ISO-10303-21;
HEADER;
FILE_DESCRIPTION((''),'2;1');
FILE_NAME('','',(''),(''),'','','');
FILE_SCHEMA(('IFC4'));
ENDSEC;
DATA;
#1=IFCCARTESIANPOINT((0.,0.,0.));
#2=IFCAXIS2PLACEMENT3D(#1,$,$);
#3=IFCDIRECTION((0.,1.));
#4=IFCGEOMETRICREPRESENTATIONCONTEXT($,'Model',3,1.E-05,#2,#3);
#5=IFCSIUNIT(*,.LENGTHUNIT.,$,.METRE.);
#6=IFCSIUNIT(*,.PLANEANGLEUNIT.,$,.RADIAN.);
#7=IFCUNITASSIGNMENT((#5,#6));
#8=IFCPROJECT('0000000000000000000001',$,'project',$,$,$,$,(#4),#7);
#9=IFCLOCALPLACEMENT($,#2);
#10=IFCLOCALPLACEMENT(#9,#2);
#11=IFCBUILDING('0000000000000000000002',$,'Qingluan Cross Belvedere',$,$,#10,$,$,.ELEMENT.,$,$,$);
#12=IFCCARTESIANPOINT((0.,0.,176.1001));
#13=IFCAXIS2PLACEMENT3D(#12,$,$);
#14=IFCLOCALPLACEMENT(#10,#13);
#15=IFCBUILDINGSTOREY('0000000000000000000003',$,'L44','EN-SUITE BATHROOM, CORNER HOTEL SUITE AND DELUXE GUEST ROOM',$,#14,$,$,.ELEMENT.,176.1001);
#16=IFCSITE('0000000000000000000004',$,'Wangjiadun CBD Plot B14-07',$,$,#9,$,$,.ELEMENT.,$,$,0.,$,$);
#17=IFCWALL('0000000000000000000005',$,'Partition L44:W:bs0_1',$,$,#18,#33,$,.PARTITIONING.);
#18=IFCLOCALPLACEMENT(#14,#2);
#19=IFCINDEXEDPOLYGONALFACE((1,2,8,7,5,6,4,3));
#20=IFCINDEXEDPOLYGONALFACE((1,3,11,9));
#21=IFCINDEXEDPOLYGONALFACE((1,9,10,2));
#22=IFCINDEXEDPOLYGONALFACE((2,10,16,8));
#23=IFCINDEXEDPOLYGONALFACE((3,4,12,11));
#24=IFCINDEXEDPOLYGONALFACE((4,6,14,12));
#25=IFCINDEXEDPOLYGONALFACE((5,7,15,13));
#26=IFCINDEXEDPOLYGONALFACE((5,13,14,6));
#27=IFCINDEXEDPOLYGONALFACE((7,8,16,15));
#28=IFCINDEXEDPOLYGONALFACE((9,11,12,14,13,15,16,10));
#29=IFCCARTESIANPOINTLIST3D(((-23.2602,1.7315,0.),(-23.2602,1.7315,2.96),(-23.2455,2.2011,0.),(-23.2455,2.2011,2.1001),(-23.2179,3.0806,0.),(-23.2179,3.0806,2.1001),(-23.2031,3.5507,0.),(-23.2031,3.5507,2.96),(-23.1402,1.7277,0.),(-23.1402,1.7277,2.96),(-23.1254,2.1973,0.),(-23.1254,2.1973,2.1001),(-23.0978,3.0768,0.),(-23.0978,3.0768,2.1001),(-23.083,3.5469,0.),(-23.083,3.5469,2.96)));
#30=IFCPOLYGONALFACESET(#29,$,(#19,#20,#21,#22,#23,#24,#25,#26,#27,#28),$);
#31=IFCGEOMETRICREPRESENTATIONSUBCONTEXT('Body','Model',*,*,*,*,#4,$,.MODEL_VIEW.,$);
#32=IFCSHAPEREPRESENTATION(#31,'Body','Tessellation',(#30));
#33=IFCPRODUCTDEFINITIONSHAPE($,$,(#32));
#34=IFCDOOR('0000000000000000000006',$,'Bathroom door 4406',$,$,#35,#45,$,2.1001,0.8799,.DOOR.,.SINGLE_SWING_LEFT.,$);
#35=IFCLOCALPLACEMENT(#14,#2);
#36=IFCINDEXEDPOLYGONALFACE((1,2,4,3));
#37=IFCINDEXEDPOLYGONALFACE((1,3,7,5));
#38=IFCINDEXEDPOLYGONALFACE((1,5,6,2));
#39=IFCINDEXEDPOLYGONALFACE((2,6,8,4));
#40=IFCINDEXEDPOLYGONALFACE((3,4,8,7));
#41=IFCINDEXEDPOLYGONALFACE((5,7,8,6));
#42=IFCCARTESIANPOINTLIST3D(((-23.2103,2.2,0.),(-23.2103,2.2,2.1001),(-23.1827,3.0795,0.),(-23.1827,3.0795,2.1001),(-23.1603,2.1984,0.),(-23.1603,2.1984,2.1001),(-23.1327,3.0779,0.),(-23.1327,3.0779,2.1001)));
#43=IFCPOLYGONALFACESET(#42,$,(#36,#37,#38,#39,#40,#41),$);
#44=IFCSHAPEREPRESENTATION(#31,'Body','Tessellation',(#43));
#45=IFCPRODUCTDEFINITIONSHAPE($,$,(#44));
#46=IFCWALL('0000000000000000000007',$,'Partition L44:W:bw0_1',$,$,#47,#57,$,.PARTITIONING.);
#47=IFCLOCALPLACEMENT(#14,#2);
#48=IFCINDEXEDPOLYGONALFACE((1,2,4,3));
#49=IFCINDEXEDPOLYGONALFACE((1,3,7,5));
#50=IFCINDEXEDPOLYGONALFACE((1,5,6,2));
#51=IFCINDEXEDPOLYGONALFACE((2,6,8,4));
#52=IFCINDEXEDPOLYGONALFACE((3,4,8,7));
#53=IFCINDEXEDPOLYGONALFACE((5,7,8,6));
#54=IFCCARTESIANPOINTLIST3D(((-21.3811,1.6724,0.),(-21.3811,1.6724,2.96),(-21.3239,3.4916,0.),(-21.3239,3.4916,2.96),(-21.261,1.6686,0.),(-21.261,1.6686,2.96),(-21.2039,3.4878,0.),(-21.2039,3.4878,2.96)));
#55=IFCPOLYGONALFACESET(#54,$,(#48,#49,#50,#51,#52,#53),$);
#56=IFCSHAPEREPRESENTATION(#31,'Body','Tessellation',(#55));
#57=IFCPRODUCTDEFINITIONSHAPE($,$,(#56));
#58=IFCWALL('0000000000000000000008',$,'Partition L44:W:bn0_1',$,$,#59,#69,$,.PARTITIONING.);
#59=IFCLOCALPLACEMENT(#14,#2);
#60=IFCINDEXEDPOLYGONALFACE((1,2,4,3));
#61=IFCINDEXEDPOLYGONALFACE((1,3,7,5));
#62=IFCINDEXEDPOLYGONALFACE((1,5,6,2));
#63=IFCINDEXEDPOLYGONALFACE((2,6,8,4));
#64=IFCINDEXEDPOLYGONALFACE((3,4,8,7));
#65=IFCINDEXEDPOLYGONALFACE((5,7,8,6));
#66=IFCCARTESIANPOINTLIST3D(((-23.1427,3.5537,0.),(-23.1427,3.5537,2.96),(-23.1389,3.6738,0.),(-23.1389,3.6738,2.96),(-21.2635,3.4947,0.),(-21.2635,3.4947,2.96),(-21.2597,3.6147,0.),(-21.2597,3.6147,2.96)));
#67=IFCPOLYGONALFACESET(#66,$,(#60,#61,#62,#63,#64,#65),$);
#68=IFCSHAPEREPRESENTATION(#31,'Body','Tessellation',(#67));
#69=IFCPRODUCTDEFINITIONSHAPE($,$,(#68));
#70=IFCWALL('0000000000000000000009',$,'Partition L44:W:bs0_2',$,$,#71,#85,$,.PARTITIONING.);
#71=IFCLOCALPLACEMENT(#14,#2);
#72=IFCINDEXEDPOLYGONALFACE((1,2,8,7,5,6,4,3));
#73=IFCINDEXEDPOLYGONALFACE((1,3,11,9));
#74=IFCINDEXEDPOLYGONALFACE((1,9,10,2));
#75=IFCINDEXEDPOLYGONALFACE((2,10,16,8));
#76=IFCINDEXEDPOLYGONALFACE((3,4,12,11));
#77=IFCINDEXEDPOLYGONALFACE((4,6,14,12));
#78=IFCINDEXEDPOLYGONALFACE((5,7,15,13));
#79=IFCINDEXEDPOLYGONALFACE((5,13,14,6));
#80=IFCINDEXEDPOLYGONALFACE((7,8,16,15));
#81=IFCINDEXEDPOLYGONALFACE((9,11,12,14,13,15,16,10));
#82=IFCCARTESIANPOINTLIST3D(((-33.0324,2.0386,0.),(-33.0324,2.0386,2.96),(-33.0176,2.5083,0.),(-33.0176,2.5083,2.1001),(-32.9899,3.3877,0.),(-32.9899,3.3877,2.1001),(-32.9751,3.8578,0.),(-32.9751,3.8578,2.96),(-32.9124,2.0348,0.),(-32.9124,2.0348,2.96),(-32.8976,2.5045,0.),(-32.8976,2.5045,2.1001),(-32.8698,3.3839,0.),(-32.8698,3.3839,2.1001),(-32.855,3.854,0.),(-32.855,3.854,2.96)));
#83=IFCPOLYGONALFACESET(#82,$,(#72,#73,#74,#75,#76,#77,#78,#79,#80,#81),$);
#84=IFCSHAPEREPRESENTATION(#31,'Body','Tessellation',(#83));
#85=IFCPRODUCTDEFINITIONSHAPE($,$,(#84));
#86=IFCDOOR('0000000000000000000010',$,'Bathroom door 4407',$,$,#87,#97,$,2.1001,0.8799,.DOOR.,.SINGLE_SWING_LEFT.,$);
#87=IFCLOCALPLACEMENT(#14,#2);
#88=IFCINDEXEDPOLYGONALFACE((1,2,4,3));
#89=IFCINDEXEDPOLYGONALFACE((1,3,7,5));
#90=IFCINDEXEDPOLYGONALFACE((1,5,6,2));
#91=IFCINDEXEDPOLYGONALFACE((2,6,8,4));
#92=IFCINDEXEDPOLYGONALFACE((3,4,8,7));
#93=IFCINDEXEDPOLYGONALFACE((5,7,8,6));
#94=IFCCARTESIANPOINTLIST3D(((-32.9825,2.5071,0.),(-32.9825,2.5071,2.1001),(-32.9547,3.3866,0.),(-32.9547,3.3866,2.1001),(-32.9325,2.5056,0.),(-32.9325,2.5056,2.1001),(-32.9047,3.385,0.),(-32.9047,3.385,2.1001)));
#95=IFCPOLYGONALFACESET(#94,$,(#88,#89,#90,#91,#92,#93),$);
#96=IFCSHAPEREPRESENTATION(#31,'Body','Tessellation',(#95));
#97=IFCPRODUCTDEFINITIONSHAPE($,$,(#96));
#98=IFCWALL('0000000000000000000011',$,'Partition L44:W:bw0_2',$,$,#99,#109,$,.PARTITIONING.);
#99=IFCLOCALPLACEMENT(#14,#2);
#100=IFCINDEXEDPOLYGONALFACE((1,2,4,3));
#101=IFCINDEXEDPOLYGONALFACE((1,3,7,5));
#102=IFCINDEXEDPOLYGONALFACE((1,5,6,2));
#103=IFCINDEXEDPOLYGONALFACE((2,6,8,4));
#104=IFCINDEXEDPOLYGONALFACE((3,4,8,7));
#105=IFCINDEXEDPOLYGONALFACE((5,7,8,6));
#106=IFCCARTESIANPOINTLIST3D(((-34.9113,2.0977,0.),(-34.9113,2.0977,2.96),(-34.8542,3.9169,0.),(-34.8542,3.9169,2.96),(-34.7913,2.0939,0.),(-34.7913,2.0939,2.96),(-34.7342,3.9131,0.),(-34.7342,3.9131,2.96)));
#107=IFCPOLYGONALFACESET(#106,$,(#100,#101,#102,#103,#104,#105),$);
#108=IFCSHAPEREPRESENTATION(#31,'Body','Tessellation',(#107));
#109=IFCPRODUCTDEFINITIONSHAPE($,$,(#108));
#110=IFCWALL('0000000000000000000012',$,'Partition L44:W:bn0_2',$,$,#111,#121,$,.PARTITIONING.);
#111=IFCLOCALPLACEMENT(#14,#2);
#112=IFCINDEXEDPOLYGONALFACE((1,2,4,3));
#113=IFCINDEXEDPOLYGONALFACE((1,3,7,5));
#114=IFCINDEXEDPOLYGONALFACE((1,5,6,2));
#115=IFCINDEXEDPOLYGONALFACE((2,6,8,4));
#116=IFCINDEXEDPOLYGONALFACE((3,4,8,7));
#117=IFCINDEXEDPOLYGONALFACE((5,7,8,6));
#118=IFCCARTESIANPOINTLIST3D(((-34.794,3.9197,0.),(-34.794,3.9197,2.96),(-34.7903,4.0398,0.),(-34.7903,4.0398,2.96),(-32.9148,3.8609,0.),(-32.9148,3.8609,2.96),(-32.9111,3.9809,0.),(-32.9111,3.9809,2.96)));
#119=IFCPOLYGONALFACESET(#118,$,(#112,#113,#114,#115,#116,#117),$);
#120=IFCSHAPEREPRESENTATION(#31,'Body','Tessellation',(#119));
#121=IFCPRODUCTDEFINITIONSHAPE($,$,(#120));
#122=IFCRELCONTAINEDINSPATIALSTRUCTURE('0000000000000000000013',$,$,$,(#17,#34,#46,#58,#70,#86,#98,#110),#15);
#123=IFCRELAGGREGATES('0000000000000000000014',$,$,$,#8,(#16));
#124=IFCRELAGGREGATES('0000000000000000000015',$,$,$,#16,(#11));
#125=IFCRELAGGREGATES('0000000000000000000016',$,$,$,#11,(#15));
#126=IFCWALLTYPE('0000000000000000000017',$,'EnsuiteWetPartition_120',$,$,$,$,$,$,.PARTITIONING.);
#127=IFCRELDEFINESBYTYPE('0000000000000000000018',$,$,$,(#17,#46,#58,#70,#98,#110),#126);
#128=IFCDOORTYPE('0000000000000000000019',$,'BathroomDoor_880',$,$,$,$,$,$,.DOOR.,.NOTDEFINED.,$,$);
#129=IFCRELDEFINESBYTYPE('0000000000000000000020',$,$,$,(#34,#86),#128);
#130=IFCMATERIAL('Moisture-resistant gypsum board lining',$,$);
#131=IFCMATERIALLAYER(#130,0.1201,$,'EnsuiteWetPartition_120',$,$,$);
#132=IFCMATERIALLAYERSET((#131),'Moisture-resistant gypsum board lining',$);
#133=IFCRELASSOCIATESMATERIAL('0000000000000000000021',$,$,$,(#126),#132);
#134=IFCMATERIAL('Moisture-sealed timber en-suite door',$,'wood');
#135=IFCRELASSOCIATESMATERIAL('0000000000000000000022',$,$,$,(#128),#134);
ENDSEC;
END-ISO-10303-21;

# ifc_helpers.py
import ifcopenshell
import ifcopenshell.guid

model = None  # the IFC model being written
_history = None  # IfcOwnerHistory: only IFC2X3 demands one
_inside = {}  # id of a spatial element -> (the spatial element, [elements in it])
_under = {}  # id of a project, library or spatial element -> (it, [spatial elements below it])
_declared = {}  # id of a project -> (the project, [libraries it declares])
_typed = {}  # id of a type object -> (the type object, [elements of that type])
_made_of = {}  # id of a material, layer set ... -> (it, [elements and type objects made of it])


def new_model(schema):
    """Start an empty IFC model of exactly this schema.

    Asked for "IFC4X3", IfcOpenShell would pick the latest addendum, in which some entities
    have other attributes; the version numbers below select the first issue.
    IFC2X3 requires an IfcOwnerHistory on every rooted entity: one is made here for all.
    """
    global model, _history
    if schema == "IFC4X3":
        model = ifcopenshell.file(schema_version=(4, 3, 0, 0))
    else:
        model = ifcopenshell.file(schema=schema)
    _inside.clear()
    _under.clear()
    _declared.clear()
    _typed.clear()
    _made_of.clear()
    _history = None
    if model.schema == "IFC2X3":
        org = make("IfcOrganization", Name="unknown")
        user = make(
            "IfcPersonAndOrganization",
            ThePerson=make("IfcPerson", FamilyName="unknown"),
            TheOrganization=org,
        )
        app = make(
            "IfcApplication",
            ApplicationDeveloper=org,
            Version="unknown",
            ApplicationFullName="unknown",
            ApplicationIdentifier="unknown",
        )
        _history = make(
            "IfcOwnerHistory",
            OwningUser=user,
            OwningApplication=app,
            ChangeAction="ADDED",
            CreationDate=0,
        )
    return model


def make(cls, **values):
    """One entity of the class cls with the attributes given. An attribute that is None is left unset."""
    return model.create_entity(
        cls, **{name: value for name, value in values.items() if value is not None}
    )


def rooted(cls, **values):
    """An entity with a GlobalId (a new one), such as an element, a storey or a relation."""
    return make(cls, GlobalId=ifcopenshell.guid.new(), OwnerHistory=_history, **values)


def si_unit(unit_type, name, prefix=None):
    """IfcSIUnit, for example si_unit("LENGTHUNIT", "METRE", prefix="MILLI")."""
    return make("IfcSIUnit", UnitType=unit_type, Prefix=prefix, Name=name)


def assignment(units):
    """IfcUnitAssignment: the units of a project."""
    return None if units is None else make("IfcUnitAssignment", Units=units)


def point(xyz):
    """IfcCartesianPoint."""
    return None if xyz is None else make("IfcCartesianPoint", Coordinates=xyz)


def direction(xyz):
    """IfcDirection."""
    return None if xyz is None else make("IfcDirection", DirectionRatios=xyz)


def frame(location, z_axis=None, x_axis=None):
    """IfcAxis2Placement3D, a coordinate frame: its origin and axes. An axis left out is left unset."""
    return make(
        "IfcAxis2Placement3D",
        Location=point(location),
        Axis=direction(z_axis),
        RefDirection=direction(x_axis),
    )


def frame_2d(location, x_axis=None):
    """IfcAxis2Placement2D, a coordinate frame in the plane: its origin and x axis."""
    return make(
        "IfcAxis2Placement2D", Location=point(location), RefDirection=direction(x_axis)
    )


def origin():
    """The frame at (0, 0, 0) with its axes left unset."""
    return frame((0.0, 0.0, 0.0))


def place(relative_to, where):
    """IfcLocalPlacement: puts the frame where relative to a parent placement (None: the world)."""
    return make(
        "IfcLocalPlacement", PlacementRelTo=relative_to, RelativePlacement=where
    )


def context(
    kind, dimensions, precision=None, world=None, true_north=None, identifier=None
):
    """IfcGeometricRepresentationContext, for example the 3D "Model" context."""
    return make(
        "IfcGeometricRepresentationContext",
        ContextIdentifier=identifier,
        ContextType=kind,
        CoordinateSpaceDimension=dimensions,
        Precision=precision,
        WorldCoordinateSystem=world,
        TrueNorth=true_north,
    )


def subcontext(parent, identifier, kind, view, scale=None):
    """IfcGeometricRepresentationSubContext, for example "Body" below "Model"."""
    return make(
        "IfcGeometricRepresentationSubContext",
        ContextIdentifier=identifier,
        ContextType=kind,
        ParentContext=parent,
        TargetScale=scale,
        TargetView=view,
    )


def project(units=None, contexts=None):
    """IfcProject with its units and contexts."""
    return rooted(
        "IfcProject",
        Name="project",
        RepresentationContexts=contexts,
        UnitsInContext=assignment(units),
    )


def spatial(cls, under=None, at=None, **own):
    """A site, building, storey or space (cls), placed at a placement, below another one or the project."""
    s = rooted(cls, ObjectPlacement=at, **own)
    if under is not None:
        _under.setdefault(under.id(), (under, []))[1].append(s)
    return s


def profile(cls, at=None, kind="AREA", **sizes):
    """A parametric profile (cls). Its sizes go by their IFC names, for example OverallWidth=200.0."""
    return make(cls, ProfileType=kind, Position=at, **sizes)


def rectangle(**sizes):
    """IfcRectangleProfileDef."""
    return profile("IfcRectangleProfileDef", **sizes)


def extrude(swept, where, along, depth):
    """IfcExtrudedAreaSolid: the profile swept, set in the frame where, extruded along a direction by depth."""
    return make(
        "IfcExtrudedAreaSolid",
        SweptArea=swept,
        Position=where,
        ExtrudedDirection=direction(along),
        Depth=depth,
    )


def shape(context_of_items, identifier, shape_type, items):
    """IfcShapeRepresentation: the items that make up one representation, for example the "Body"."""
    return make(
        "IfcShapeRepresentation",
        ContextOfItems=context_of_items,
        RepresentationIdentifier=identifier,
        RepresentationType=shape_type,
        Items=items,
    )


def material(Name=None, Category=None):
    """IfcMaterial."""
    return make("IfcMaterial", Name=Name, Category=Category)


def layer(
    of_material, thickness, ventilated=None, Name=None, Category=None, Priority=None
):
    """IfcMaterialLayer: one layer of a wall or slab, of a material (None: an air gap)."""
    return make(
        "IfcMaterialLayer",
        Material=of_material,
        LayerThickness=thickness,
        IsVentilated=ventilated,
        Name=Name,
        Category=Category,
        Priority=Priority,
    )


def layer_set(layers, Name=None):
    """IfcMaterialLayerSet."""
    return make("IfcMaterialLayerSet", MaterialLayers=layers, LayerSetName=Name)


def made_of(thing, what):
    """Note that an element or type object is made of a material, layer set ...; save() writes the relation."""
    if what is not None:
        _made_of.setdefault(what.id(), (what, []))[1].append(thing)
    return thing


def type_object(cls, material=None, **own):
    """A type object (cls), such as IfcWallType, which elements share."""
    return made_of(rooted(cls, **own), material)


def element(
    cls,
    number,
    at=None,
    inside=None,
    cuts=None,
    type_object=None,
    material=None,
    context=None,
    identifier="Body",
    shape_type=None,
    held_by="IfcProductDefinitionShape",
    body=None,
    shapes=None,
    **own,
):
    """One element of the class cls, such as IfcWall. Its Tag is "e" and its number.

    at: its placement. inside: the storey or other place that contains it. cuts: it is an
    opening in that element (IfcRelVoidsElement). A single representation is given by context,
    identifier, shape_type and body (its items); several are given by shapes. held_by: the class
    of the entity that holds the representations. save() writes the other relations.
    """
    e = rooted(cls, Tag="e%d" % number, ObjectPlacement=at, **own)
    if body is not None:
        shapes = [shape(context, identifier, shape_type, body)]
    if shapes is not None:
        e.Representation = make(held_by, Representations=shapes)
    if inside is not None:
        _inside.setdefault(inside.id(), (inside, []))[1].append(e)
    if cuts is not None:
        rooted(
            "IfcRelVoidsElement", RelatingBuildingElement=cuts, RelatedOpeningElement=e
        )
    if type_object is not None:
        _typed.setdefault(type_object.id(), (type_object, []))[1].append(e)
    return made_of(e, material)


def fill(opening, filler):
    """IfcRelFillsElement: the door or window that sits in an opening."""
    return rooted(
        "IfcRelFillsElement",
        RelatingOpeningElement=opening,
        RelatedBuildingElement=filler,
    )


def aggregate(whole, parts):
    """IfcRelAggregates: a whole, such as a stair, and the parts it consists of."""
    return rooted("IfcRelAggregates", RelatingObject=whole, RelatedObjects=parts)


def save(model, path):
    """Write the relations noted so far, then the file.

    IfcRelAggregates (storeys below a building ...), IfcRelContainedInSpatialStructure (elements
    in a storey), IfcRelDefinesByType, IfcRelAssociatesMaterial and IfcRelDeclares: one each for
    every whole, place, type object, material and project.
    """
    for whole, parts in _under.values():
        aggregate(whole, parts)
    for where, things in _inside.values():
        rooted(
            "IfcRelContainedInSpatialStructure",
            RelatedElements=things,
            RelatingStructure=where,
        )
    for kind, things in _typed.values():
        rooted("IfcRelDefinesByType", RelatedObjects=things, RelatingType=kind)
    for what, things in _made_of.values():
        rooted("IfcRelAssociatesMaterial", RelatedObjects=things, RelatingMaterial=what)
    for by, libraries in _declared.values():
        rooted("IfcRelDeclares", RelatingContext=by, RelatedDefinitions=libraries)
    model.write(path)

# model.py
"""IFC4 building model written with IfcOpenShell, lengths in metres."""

from ifc_helpers import new_model, si_unit, direction, frame, frame_2d, origin, place, context, subcontext, project, spatial, rectangle, extrude, material, layer, layer_set, type_object, element, fill, save


model = new_model("IFC4")

# Units and contexts
model_context = context("Model", 3, precision=1e-05, world=origin(), true_north=direction((0.0, 1.0)))
body_context = subcontext(model_context, "Body", "Model", "MODEL_VIEW")
ifc_project = project(units=[si_unit("LENGTHUNIT", "METRE"), si_unit("PLANEANGLEUNIT", "RADIAN")], contexts=[model_context])

# Site, building, storey
site_placement = place(None, origin())
site = spatial("IfcSite", under=ifc_project, at=site_placement, Name="Wangjiadun CBD Plot B14-07", CompositionType="ELEMENT", RefElevation=0.0)
building_placement = place(site_placement, origin())
building = spatial("IfcBuilding", under=site, at=building_placement, Name="Qingluan Cross Belvedere", CompositionType="ELEMENT")
storey_placement = place(building_placement, frame((0.0, 0.0, 176.1001)))
storey = spatial("IfcBuildingStorey", under=building, at=storey_placement, Name="L44", Description="EN-SUITE BATHROOM, CORNER HOTEL SUITE AND DELUXE GUEST ROOM", CompositionType="ELEMENT", Elevation=176.1001)

# Shared definitions
ifc_material_1 = material(Name="Moisture-resistant gypsum board lining")
ifc_layer_1 = layer(ifc_material_1, 0.1201, Name="EnsuiteWetPartition_120")
ifc_layer_set_1 = layer_set([ifc_layer_1], Name="Moisture-resistant gypsum board lining")
wall_type_1 = type_object("IfcWallType", Name="EnsuiteWetPartition_120", PredefinedType="PARTITIONING", material=ifc_layer_set_1)
ifc_material_2 = material(Name="Moisture-sealed timber en-suite door", Category="wood")
door_type_1 = type_object("IfcDoorType", Name="BathroomDoor_880", OperationType="NOTDEFINED", PredefinedType="DOOR", material=ifc_material_2)

# Wall, opening, door
wall_1_placement = place(storey_placement, frame((-23.2002, 1.7295, 0.0), z_axis=(0.0, 0.0, 1.0), x_axis=(0.03139, 0.999507, 0.0)))
wall_1 = element("IfcWall", 1, at=wall_1_placement, inside=storey, type_object=wall_type_1, Name="Partition L44:W:bs0_1", PredefinedType="PARTITIONING", context=body_context, shape_type="SweptSolid", body=[
    extrude(rectangle(XDim=1.8201, YDim=0.1201, at=frame_2d((0.9102, 0.0))), origin(), (0.0, 0.0, 1.0), 2.96),
])
opening_1_placement = place(wall_1_placement, frame((0.47, 0.0, 0.0)))
opening_1 = element("IfcOpeningElement", 2, at=opening_1_placement, cuts=wall_1, PredefinedType="OPENING", context=body_context, shape_type="SweptSolid", body=[
    extrude(rectangle(XDim=0.8799, YDim=2.1001, at=frame_2d((0.4399, 1.05))), frame((0.0, 0.0701, 0.0), z_axis=(0.0, -1.0, 0.0), x_axis=(1.0, 0.0, 0.0)), (0.0, 0.0, 1.0), 0.1401),
])
door_1_placement = place(opening_1_placement, origin())
door_1 = element("IfcDoor", 3, at=door_1_placement, inside=storey, type_object=door_type_1, Name="Bathroom door 4406", OperationType="SINGLE_SWING_LEFT", OverallHeight=2.1001, OverallWidth=0.8799, PredefinedType="DOOR", context=body_context, shape_type="SweptSolid", body=[
    extrude(rectangle(XDim=0.8799, YDim=2.1001, at=frame_2d((0.4399, 1.05))), frame((0.0, 0.0249, 0.0), z_axis=(0.0, -1.0, 0.0), x_axis=(1.0, 0.0, 0.0)), (0.0, 0.0, 1.0), 0.05),
])
fill(opening_1, door_1)

# Walls
wall_2_placement = place(storey_placement, frame((-21.321, 1.6704, 0.0), z_axis=(0.0, 0.0, 1.0), x_axis=(0.03139, 0.999507, 0.0)))
element("IfcWall", 4, at=wall_2_placement, inside=storey, type_object=wall_type_1, Name="Partition L44:W:bw0_1", PredefinedType="PARTITIONING", context=body_context, shape_type="SweptSolid", body=[
    extrude(rectangle(XDim=1.8201, YDim=0.1201, at=frame_2d((0.9102, 0.0))), origin(), (0.0, 0.0, 1.0), 2.96),
])
wall_3_placement = place(storey_placement, frame((-21.2617, 3.5547, 0.0), z_axis=(0.0, 0.0, 1.0), x_axis=(-0.999506, 0.031425, 0.0)))
element("IfcWall", 5, at=wall_3_placement, inside=storey, type_object=wall_type_1, Name="Partition L44:W:bn0_1", PredefinedType="PARTITIONING", context=body_context, shape_type="SweptSolid", body=[
    extrude(rectangle(XDim=1.8801, YDim=0.1201, at=frame_2d((0.9399, 0.0))), origin(), (0.0, 0.0, 1.0), 2.96),
])

# Wall, opening, door
wall_4_placement = place(storey_placement, frame((-32.9724, 2.0366, 0.0), z_axis=(0.0, 0.0, 1.0), x_axis=(0.031524, 0.999503, 0.0)))
wall_4 = element("IfcWall", 6, at=wall_4_placement, inside=storey, type_object=wall_type_1, Name="Partition L44:W:bs0_2", PredefinedType="PARTITIONING", context=body_context, shape_type="SweptSolid", body=[
    extrude(rectangle(XDim=1.8201, YDim=0.1201, at=frame_2d((0.9102, 0.0))), origin(), (0.0, 0.0, 1.0), 2.96),
])
opening_2_placement = place(wall_4_placement, frame((0.47, 0.0, 0.0)))
opening_2 = element("IfcOpeningElement", 7, at=opening_2_placement, cuts=wall_4, PredefinedType="OPENING", context=body_context, shape_type="SweptSolid", body=[
    extrude(rectangle(XDim=0.8799, YDim=2.1001, at=frame_2d((0.4399, 1.05))), frame((0.0, 0.0701, 0.0), z_axis=(0.0, -1.0, 0.0), x_axis=(1.0, 0.0, 0.0)), (0.0, 0.0, 1.0), 0.1401),
])
door_2_placement = place(opening_2_placement, origin())
door_2 = element("IfcDoor", 8, at=door_2_placement, inside=storey, type_object=door_type_1, Name="Bathroom door 4407", OperationType="SINGLE_SWING_LEFT", OverallHeight=2.1001, OverallWidth=0.8799, PredefinedType="DOOR", context=body_context, shape_type="SweptSolid", body=[
    extrude(rectangle(XDim=0.8799, YDim=2.1001, at=frame_2d((0.4399, 1.05))), frame((0.0, 0.0249, 0.0), z_axis=(0.0, -1.0, 0.0), x_axis=(1.0, 0.0, 0.0)), (0.0, 0.0, 1.0), 0.05),
])
fill(opening_2, door_2)

# Walls
wall_5_placement = place(storey_placement, frame((-34.8513, 2.0957, 0.0), z_axis=(0.0, 0.0, 1.0), x_axis=(0.03139, 0.999507, 0.0)))
element("IfcWall", 9, at=wall_5_placement, inside=storey, type_object=wall_type_1, Name="Partition L44:W:bw0_2", PredefinedType="PARTITIONING", context=body_context, shape_type="SweptSolid", body=[
    extrude(rectangle(XDim=1.8201, YDim=0.1201, at=frame_2d((0.9102, 0.0))), origin(), (0.0, 0.0, 1.0), 2.96),
])
wall_6_placement = place(storey_placement, frame((-32.9131, 3.9209, 0.0), z_axis=(0.0, 0.0, 1.0), x_axis=(-0.99951, 0.031296, 0.0)))
element("IfcWall", 10, at=wall_6_placement, inside=storey, type_object=wall_type_1, Name="Partition L44:W:bn0_2", PredefinedType="PARTITIONING", context=body_context, shape_type="SweptSolid", body=[
    extrude(rectangle(XDim=1.8801, YDim=0.1201, at=frame_2d((0.9399, 0.0))), origin(), (0.0, 0.0, 1.0), 2.96),
])

save(model, "model.ifc")
